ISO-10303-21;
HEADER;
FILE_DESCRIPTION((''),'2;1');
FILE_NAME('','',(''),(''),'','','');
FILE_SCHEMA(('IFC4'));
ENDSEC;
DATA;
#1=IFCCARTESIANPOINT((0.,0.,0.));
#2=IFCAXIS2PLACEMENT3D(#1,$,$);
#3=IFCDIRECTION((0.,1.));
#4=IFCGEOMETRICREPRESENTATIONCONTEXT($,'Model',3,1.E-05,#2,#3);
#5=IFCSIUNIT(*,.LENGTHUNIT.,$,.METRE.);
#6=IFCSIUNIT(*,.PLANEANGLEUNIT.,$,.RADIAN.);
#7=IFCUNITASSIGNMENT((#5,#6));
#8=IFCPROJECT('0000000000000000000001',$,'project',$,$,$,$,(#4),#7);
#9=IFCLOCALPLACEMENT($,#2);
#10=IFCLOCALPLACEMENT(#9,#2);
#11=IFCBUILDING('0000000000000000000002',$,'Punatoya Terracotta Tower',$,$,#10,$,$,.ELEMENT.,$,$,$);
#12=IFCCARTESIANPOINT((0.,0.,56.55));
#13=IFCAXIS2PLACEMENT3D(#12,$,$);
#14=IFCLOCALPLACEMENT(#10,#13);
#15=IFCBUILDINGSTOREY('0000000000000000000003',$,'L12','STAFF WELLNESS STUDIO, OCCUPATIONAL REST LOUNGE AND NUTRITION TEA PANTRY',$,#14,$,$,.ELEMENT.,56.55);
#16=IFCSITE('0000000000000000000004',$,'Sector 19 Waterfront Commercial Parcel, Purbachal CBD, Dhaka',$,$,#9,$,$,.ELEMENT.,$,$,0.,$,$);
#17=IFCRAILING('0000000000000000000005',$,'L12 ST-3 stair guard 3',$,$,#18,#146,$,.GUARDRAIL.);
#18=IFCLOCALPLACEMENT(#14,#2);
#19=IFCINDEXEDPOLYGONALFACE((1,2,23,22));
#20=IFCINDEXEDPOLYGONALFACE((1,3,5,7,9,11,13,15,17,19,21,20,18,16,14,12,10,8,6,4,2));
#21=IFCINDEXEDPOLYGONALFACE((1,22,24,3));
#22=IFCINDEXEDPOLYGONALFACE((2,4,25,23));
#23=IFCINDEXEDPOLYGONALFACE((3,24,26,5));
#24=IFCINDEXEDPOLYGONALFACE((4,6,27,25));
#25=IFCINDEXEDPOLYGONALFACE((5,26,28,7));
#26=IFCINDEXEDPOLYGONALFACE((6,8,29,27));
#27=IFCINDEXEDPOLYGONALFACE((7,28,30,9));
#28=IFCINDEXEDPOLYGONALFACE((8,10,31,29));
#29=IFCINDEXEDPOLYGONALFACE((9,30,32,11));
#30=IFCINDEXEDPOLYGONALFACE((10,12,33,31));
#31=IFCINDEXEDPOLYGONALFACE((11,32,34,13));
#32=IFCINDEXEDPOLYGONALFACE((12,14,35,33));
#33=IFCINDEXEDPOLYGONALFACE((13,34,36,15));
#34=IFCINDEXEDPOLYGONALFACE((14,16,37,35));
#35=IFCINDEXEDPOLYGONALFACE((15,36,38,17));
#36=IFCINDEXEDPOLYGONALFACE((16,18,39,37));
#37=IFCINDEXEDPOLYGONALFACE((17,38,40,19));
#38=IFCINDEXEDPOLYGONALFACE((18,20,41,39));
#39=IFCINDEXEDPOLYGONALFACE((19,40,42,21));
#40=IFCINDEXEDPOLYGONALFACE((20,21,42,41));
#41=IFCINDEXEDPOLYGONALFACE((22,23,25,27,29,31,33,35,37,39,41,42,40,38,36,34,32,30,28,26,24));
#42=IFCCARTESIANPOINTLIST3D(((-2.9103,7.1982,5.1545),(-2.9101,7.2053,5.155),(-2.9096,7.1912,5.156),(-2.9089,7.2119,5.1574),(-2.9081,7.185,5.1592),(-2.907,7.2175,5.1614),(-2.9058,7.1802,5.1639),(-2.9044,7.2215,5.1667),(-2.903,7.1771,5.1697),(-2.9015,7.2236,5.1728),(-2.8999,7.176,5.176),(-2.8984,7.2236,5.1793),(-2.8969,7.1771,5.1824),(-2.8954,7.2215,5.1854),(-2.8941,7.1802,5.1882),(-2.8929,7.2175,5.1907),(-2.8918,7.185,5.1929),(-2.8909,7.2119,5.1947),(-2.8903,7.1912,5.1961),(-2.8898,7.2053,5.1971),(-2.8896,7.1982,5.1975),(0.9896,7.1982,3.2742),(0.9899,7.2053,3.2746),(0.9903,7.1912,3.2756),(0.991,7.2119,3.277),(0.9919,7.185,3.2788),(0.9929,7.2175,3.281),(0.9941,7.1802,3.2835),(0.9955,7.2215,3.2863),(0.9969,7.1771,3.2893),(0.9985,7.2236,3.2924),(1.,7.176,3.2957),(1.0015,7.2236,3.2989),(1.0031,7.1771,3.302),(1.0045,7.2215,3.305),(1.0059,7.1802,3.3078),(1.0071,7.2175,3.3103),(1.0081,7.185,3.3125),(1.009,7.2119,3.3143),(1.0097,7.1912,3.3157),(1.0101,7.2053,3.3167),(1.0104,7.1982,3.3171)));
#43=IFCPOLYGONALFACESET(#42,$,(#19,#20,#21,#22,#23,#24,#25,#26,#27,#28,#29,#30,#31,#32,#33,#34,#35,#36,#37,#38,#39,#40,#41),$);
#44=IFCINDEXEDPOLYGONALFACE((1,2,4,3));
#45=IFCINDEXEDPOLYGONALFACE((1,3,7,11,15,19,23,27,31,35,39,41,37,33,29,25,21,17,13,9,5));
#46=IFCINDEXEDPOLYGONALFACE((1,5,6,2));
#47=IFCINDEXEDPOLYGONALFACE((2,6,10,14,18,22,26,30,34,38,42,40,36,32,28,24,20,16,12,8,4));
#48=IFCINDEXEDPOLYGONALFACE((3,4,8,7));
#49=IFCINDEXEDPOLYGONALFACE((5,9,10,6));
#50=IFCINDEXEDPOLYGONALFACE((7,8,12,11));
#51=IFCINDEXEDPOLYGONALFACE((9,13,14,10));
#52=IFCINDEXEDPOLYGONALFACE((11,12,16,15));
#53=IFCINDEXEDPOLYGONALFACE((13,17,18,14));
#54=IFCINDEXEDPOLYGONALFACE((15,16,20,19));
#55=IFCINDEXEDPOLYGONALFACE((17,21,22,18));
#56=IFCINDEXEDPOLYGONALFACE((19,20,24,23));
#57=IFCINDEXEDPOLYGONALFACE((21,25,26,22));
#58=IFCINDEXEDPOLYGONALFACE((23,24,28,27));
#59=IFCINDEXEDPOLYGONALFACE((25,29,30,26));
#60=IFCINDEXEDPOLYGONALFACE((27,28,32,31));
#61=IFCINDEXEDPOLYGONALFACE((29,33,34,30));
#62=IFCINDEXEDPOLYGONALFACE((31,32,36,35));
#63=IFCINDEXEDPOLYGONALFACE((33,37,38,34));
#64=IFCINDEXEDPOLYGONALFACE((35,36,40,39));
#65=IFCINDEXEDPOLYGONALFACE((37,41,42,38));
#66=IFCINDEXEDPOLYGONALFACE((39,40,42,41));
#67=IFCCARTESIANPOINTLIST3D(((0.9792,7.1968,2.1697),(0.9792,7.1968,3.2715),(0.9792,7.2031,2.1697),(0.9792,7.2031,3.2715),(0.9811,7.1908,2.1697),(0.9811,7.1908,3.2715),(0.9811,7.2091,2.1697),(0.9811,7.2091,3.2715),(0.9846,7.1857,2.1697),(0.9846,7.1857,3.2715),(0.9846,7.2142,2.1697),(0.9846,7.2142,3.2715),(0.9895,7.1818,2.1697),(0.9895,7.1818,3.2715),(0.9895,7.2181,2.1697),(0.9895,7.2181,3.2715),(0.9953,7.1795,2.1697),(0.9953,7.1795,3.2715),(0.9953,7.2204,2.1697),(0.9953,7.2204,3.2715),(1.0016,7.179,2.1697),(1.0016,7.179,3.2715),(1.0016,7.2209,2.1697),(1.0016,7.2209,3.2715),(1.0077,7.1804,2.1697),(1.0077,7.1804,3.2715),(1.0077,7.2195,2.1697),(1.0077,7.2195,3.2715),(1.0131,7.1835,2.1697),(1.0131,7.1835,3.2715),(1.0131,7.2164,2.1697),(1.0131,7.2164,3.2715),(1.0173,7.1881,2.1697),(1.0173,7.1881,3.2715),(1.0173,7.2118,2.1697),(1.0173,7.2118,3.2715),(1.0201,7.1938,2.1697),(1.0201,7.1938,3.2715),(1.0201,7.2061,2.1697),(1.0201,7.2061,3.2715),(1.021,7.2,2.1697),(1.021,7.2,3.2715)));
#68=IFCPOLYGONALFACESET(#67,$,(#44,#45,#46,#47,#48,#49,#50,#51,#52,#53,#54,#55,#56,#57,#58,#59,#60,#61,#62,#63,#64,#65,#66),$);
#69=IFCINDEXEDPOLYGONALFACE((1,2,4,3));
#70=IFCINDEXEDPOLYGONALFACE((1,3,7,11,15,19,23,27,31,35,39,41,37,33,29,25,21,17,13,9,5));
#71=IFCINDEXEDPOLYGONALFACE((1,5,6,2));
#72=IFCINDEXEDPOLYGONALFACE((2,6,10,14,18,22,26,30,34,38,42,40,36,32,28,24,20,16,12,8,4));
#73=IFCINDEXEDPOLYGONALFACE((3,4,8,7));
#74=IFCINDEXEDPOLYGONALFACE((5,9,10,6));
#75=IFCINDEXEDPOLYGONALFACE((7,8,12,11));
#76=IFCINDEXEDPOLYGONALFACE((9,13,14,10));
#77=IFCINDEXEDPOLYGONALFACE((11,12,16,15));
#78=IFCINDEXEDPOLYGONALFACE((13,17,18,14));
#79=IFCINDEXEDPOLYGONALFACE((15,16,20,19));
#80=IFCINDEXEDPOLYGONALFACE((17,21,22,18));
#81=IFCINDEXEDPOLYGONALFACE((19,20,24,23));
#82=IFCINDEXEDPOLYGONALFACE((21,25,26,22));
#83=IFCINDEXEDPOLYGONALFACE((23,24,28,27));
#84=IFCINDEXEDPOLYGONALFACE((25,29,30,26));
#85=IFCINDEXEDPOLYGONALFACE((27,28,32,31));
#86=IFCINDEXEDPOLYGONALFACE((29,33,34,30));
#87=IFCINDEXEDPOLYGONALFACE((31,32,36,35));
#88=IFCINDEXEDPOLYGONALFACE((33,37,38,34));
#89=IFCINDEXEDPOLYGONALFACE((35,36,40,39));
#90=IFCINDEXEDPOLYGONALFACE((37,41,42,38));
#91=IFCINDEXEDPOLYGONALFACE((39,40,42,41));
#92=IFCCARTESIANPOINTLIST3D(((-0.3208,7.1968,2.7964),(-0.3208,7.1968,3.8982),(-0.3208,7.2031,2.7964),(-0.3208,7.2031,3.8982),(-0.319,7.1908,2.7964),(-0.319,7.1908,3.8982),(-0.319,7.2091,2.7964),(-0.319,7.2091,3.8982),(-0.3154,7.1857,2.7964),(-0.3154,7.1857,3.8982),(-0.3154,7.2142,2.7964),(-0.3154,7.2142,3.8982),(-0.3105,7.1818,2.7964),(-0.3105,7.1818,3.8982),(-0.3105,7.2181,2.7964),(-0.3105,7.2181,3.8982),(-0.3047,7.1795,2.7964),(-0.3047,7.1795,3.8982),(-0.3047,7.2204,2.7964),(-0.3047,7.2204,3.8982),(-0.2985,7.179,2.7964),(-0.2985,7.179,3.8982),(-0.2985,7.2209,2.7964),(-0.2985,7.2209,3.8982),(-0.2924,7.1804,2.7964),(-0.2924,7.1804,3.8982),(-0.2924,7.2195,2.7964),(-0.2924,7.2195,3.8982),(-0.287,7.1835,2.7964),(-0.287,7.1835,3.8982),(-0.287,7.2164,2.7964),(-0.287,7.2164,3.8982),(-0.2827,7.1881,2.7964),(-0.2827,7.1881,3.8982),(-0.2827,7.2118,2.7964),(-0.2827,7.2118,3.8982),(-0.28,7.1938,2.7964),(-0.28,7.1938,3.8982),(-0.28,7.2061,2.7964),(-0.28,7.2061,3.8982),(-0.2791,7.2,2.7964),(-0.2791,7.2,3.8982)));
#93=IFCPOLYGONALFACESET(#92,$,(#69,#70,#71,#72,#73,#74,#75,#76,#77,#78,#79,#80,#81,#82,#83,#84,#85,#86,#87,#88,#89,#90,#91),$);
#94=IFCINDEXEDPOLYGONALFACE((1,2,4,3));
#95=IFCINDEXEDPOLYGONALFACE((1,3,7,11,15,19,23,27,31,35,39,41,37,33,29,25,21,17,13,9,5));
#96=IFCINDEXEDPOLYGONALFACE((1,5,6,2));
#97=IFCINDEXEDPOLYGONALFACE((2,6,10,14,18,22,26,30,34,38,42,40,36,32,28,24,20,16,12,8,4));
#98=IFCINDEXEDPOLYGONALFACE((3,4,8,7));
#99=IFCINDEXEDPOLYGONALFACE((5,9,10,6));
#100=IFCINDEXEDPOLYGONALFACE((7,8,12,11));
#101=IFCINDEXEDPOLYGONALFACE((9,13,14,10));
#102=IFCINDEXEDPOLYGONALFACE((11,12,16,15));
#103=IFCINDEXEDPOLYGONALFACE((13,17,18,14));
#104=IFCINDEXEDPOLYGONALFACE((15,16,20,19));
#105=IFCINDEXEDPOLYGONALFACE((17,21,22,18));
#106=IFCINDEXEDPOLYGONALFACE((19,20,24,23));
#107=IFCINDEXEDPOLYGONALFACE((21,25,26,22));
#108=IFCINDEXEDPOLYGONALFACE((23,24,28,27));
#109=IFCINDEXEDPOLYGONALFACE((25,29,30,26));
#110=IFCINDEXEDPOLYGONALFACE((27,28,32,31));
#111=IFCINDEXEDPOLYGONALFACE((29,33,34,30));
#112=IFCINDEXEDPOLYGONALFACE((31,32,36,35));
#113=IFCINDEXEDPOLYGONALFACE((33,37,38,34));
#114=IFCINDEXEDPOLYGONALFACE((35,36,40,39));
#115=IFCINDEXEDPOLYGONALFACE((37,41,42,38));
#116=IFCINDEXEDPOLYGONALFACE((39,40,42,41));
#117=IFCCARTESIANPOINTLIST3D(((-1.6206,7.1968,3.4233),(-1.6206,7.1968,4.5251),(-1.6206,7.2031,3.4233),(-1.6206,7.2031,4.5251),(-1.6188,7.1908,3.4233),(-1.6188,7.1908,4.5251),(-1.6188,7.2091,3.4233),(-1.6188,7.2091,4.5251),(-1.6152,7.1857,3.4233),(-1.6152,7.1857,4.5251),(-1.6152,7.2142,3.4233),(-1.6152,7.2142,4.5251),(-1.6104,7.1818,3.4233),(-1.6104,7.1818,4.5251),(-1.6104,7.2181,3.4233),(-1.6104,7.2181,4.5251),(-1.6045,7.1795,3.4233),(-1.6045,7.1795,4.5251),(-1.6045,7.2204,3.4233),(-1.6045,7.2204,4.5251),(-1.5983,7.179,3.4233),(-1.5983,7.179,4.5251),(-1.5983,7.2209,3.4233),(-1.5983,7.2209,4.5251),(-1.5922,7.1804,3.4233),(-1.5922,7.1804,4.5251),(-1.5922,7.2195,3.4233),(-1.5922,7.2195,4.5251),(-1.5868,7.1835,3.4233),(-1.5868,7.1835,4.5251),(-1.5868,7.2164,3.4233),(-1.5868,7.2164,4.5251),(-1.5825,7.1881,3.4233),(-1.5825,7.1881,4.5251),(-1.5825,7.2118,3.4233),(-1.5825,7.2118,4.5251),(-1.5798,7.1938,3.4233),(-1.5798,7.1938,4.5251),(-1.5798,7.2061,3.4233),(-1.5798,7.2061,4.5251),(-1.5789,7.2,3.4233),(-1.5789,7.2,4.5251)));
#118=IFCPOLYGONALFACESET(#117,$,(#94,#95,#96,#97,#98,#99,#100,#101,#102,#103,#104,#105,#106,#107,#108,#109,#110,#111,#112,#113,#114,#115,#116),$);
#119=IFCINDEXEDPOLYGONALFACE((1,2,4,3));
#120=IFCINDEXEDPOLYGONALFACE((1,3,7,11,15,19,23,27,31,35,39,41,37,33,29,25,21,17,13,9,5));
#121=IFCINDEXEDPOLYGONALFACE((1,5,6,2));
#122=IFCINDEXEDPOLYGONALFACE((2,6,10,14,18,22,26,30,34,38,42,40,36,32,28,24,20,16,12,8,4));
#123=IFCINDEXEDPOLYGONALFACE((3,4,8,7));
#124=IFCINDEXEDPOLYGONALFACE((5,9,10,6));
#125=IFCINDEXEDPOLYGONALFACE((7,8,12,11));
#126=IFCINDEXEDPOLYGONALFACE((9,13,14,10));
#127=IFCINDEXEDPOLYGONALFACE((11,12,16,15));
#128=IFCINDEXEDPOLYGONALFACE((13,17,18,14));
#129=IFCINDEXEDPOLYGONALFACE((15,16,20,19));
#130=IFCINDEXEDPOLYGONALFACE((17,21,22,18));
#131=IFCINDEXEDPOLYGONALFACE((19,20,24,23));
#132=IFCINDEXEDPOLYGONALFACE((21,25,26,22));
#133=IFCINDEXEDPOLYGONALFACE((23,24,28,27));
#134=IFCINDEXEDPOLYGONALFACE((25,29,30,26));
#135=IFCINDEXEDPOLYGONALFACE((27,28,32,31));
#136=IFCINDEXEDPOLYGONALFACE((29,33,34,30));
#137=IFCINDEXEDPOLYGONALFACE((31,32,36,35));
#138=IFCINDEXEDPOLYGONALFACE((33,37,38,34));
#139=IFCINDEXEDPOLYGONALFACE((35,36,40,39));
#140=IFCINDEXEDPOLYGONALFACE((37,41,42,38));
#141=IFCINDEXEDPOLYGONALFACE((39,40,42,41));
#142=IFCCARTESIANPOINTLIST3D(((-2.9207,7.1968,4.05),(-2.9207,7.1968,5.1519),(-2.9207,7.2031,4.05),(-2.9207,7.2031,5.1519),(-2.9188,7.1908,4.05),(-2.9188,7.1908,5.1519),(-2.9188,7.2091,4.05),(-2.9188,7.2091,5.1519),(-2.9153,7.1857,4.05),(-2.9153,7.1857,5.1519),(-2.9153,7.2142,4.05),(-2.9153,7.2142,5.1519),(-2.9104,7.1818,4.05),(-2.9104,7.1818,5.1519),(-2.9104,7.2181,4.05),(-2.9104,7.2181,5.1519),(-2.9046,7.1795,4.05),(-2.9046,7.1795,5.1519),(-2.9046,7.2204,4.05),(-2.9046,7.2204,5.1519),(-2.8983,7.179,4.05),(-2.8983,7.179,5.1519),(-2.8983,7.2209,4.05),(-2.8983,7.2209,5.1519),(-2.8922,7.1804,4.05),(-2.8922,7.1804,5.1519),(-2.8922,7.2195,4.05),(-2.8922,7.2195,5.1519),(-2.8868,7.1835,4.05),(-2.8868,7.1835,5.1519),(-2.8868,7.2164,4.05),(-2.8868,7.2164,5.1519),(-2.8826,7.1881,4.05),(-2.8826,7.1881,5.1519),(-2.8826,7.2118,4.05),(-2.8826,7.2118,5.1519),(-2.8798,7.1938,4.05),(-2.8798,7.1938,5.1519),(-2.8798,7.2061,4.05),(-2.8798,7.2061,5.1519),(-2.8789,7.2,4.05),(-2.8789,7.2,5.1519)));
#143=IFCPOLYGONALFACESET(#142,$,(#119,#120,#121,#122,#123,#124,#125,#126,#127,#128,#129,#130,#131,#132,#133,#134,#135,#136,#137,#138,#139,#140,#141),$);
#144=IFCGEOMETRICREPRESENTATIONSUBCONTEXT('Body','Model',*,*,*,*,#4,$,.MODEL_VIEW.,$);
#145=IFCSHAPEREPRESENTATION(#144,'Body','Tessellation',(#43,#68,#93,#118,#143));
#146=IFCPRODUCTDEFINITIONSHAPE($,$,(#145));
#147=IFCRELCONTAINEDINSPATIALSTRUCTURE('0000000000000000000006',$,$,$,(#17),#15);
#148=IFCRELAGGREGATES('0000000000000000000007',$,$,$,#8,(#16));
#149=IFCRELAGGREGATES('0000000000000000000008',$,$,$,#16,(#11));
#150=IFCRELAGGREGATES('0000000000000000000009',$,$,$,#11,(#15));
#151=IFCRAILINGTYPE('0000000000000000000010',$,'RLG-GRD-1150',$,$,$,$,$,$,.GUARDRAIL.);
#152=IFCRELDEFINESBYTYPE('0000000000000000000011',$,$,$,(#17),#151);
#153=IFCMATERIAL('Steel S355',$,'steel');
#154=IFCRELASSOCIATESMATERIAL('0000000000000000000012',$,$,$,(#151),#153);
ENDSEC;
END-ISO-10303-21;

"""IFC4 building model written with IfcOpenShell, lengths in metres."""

from ifc_helpers import new_model, si_unit, direction, frame, origin, origin_2d, place, context, subcontext, project, spatial, circle, extrude, material, type_object, element, save


model = new_model("IFC4")

# Units and contexts
model_context = context("Model", 3, precision=1e-05, world=origin(), true_north=direction((0.0, 1.0)))
body_context = subcontext(model_context, "Body", "Model", "MODEL_VIEW")
ifc_project = project(units=[si_unit("LENGTHUNIT", "METRE"), si_unit("PLANEANGLEUNIT", "RADIAN")], contexts=[model_context])

# Site, building, storey
site_placement = place(None, origin())
site = spatial("IfcSite", under=ifc_project, at=site_placement, Name="Sector 19 Waterfront Commercial Parcel, Purbachal CBD, Dhaka", CompositionType="ELEMENT", RefElevation=0.0)
building_placement = place(site_placement, origin())
building = spatial("IfcBuilding", under=site, at=building_placement, Name="Punatoya Terracotta Tower", CompositionType="ELEMENT")
storey_placement = place(building_placement, frame((0.0, 0.0, 56.55)))
storey = spatial("IfcBuildingStorey", under=building, at=storey_placement, Name="L12", Description="STAFF WELLNESS STUDIO, OCCUPATIONAL REST LOUNGE AND NUTRITION TEA PANTRY", CompositionType="ELEMENT", Elevation=56.55)

# Shared definitions
ifc_material_1 = material(Name="Steel S355", Category="steel")

# Railing
railing_type_1 = type_object("IfcRailingType", Name="RLG-GRD-1150", PredefinedType="GUARDRAIL", material=ifc_material_1)
railing_1_placement = place(storey_placement, frame((1.0, 7.2, 2.1697)))
element("IfcRailing", 1, at=railing_1_placement, inside=storey, type_object=railing_type_1, Name="L12 ST-3 stair guard 3", PredefinedType="GUARDRAIL", context=body_context, shape_type="SweptSolid", body=[
    extrude(circle(Radius=0.0239, at=origin_2d()), frame((0.0, 0.0, 1.126), z_axis=(-0.900763, 0.0, 0.434311), x_axis=(0.0, -1.0, 0.0)), (0.0, 0.0, 1.0), 4.3296),
    extrude(circle(Radius=0.021, at=origin_2d()), origin(), (0.0, 0.0, 1.0), 1.1018),
    extrude(circle(Radius=0.021, at=origin_2d()), frame((-1.3, 0.0, 0.6267)), (0.0, 0.0, 1.0), 1.1018),
    extrude(circle(Radius=0.021, at=origin_2d()), frame((-2.5999, 0.0, 1.2537)), (0.0, 0.0, 1.0), 1.1018),
    extrude(circle(Radius=0.021, at=origin_2d()), frame((-3.8999, 0.0, 1.8804)), (0.0, 0.0, 1.0), 1.1018),
])

save(model, "model.ifc")
